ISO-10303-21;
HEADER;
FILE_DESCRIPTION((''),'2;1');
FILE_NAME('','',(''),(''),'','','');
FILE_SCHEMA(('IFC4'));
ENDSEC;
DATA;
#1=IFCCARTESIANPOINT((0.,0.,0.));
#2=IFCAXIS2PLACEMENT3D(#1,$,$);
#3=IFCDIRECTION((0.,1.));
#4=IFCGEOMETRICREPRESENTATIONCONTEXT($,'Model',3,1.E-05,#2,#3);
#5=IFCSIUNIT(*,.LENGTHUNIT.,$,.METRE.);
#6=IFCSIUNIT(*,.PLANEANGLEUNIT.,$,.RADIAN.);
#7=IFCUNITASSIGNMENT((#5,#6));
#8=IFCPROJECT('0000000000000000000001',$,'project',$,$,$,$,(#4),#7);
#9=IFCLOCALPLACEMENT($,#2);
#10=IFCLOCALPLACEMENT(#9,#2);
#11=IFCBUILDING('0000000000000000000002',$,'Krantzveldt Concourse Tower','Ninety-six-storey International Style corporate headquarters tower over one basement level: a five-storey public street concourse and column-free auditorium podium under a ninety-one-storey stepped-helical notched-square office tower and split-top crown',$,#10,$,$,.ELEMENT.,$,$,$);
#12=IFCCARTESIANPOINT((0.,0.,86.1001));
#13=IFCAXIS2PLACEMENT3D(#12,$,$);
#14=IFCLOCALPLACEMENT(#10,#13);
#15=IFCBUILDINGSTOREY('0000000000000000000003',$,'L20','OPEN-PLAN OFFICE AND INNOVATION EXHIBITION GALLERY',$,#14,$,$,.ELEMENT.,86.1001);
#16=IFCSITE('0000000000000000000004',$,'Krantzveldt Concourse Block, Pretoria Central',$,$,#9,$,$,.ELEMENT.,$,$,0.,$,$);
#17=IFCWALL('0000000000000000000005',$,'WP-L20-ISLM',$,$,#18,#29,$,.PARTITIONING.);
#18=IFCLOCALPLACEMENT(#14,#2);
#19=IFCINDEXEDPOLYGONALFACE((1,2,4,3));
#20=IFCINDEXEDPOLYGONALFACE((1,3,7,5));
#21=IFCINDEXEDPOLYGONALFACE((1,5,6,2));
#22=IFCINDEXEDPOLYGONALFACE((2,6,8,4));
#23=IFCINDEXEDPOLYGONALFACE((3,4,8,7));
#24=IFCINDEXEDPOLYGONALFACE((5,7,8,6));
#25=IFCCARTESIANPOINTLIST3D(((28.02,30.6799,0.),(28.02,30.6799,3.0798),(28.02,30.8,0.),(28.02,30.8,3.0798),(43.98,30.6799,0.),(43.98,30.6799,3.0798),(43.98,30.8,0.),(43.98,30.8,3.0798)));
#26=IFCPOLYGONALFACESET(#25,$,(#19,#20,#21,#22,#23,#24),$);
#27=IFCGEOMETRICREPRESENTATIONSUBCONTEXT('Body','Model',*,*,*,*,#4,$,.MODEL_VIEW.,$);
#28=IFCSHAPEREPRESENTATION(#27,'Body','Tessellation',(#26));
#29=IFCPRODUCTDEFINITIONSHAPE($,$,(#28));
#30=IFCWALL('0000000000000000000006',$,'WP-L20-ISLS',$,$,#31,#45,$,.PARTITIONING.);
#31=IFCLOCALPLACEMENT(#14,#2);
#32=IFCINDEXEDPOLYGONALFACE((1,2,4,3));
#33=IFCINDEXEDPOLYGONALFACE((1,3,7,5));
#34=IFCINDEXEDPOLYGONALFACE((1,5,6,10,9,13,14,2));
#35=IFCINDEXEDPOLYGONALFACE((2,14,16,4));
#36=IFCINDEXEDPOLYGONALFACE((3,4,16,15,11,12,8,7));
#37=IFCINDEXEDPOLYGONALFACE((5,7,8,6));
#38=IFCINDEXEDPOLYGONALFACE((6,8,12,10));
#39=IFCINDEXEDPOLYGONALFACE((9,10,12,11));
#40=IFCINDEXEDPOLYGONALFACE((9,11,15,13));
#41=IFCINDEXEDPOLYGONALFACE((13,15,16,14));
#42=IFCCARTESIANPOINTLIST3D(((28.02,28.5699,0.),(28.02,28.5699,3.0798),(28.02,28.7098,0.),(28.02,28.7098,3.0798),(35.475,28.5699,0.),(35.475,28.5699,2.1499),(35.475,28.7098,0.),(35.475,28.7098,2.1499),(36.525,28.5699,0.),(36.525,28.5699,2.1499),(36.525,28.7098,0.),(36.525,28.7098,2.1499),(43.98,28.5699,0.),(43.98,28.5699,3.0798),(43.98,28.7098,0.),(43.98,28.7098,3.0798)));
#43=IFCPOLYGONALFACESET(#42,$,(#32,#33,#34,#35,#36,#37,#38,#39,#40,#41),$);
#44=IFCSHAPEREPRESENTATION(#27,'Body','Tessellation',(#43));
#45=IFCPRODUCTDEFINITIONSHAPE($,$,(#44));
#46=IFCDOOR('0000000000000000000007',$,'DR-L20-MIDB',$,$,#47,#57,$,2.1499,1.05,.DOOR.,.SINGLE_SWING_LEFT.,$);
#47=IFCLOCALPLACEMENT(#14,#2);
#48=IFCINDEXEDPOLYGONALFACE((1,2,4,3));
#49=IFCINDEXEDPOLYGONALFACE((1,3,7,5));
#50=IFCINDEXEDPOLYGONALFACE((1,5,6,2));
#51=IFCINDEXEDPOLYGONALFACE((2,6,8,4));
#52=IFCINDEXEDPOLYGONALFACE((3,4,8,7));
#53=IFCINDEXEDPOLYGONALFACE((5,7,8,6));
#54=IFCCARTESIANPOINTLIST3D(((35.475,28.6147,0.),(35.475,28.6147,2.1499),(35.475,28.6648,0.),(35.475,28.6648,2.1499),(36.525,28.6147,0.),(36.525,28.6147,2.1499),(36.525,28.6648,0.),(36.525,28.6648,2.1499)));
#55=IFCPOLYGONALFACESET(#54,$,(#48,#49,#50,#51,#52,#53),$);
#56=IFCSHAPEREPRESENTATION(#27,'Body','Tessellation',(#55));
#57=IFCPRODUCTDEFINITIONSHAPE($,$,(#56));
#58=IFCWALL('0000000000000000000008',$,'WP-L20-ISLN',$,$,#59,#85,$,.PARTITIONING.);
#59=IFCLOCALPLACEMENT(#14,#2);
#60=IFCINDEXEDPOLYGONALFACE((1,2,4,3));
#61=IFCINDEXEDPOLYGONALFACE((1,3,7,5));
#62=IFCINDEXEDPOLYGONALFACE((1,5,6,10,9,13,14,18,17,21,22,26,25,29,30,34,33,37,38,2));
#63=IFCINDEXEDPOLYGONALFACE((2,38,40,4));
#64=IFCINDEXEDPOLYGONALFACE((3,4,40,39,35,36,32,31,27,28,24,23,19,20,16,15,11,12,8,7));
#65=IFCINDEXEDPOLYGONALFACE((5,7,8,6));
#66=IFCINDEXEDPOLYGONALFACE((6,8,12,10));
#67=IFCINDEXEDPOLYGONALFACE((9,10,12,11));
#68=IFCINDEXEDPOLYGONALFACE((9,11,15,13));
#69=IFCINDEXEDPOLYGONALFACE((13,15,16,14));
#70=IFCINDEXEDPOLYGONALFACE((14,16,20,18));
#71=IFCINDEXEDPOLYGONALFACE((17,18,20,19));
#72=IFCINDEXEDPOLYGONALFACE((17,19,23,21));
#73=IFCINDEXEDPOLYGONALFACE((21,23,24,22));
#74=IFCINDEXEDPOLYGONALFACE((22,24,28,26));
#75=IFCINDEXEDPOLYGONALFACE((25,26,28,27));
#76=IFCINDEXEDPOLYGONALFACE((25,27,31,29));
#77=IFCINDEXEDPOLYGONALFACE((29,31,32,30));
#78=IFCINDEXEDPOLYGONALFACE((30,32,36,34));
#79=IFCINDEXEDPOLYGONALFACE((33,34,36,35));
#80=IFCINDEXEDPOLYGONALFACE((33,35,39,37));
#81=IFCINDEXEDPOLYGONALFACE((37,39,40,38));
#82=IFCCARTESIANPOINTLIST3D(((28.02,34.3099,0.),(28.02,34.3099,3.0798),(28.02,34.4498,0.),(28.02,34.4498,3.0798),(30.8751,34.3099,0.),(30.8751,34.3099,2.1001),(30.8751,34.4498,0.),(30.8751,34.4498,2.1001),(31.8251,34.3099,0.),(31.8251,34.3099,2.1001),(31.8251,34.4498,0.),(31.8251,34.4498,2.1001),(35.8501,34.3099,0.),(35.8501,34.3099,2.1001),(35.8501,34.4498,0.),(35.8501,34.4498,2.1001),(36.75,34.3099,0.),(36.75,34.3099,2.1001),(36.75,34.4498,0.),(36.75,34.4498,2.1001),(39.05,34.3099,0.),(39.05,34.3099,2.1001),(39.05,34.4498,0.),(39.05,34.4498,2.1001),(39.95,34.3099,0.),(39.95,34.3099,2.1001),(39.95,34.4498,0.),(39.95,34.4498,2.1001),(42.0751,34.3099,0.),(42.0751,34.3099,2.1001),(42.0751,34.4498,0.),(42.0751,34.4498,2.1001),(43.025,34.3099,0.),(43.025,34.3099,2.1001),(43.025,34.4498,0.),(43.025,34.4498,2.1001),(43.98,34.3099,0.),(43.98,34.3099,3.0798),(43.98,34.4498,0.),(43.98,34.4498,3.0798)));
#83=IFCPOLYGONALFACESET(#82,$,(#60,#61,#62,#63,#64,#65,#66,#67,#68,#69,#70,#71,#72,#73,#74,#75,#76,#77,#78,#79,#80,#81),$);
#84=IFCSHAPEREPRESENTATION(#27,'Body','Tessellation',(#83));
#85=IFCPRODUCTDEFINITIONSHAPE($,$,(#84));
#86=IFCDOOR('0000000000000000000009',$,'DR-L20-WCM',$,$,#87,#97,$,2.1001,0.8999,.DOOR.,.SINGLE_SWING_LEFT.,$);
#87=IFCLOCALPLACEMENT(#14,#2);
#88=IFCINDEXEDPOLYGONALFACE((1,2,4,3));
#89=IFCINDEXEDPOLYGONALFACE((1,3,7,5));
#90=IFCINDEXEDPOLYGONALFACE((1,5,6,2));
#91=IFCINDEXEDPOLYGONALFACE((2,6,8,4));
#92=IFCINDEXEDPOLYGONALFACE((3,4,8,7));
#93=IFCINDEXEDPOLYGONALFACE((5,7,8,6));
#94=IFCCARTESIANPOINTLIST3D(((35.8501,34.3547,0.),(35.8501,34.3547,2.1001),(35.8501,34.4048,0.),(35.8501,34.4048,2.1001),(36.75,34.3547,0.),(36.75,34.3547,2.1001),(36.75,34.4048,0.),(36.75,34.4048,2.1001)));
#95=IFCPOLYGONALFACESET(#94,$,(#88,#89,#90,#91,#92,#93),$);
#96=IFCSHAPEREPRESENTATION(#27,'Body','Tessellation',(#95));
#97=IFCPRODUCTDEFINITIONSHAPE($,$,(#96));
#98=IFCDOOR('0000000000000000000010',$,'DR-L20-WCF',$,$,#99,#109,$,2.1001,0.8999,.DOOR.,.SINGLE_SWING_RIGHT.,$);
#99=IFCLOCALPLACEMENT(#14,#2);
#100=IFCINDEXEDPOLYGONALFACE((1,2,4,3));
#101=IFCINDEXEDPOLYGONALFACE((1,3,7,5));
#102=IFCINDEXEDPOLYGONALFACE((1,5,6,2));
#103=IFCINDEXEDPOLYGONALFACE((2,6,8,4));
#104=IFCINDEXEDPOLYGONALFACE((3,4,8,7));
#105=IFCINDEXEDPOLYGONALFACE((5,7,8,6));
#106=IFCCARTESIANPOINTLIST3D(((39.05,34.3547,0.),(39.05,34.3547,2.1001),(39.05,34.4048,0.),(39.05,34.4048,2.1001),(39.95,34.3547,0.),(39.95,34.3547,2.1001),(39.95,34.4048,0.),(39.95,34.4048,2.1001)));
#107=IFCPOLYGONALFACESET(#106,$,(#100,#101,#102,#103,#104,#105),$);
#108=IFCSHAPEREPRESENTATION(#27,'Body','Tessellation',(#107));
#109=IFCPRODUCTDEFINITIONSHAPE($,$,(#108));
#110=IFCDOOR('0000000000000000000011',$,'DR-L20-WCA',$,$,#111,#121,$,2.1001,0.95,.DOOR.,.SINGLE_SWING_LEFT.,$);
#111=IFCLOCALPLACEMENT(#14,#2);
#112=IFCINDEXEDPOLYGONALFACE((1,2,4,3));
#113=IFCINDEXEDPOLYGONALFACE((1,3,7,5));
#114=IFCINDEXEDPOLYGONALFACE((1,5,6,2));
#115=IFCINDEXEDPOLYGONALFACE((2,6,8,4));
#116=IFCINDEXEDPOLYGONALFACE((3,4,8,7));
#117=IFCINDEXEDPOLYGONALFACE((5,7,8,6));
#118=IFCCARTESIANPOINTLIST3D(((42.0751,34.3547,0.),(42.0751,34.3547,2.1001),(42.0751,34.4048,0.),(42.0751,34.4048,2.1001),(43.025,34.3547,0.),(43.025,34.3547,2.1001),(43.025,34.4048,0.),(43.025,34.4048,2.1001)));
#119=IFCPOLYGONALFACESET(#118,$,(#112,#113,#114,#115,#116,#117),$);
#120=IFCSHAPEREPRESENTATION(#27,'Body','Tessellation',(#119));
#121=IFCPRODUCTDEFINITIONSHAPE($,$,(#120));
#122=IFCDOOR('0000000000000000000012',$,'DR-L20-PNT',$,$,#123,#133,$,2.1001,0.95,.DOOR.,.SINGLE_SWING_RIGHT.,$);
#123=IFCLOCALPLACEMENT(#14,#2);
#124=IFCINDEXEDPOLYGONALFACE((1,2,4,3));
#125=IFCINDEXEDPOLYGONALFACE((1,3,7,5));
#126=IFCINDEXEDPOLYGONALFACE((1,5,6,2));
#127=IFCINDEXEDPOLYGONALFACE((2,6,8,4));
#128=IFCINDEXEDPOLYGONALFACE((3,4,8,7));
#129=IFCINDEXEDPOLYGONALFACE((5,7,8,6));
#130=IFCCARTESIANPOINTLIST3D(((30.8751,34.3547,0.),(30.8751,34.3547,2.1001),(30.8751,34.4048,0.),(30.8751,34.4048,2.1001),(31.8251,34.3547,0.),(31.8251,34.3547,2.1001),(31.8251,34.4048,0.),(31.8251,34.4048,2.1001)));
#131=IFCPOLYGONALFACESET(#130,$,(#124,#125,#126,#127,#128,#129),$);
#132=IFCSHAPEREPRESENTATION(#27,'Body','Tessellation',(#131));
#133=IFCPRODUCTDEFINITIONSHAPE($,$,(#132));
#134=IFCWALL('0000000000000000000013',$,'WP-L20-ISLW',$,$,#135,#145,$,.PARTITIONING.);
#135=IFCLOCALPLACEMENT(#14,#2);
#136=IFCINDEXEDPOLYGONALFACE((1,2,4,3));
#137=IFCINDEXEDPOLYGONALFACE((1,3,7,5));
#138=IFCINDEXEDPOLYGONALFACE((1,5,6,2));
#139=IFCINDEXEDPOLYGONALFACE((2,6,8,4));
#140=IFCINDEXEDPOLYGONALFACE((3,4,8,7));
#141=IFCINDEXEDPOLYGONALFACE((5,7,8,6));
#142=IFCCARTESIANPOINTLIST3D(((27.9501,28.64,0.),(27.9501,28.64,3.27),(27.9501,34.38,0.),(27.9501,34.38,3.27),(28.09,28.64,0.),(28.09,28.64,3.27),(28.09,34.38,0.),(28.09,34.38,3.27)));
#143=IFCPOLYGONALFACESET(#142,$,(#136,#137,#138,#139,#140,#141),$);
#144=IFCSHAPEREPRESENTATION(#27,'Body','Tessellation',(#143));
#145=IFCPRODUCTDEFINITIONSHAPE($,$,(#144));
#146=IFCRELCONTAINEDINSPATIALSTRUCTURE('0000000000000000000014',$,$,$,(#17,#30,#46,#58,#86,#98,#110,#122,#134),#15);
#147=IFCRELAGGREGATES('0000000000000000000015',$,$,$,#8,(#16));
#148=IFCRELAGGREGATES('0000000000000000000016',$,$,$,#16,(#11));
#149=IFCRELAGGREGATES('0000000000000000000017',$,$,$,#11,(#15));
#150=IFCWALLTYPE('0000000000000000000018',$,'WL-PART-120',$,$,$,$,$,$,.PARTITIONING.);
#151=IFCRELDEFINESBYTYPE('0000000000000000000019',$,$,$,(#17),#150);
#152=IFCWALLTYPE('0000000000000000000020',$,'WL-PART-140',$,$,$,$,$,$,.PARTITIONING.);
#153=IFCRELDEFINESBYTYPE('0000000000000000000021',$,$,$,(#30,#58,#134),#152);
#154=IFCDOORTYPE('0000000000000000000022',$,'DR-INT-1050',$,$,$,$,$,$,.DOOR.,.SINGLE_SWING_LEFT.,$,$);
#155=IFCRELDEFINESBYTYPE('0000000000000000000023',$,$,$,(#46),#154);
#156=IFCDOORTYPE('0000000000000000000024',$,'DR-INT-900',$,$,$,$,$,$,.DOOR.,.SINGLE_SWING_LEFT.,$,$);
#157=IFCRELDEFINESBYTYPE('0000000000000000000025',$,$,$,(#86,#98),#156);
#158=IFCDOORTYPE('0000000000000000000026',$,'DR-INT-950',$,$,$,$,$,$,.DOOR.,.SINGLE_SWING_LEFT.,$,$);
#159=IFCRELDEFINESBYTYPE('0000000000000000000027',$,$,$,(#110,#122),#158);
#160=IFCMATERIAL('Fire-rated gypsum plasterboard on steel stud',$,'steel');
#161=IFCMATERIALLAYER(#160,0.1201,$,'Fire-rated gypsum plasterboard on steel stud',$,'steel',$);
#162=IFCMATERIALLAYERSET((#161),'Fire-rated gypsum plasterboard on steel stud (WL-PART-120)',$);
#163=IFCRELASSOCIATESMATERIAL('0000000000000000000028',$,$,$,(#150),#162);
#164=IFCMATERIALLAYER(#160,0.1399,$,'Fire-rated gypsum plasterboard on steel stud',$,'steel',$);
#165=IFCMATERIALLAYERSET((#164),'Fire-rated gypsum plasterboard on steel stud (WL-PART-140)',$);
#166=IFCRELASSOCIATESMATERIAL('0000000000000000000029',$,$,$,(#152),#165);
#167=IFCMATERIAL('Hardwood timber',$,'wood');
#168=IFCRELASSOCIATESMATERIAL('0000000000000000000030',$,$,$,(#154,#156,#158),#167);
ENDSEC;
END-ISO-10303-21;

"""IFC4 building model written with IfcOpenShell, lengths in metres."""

from ifc_helpers import new_model, si_unit, direction, frame, frame_2d, origin, place, context, subcontext, project, spatial, rectangle, extrude, material, layer, layer_set, type_object, element, fill, save


model = new_model("IFC4")

# Units and contexts
model_context = context("Model", 3, precision=1e-05, world=origin(), true_north=direction((0.0, 1.0)))
body_context = subcontext(model_context, "Body", "Model", "MODEL_VIEW")
ifc_project = project(units=[si_unit("LENGTHUNIT", "METRE"), si_unit("PLANEANGLEUNIT", "RADIAN")], contexts=[model_context])

# Site, building, storey
site_placement = place(None, origin())
site = spatial("IfcSite", under=ifc_project, at=site_placement, Name="Krantzveldt Concourse Block, Pretoria Central", CompositionType="ELEMENT", RefElevation=0.0)
building_placement = place(site_placement, origin())
building = spatial("IfcBuilding", under=site, at=building_placement, Name="Krantzveldt Concourse Tower", Description="Ninety-six-storey International Style corporate headquarters tower over one basement level: a five-storey public street concourse and column-free auditorium podium under a ninety-one-storey stepped-helical notched-square office tower and split-top crown", CompositionType="ELEMENT")
storey_placement = place(building_placement, frame((0.0, 0.0, 86.1001)))
storey = spatial("IfcBuildingStorey", under=building, at=storey_placement, Name="L20", Description="OPEN-PLAN OFFICE AND INNOVATION EXHIBITION GALLERY", CompositionType="ELEMENT", Elevation=86.1001)

# Wall
ifc_material_1 = material(Name="Fire-rated gypsum plasterboard on steel stud", Category="steel")
ifc_layer_1 = layer(ifc_material_1, 0.1201, Name="Fire-rated gypsum plasterboard on steel stud", Category="steel")
ifc_layer_set_1 = layer_set([ifc_layer_1], Name="Fire-rated gypsum plasterboard on steel stud (WL-PART-120)")
wall_type_1 = type_object("IfcWallType", Name="WL-PART-120", PredefinedType="PARTITIONING", material=ifc_layer_set_1)
wall_1_placement = place(storey_placement, frame((28.02, 30.74, 0.0), z_axis=(0.0, 0.0, 1.0), x_axis=(1.0, 0.0, 0.0)))
element("IfcWall", 1, at=wall_1_placement, inside=storey, type_object=wall_type_1, Name="WP-L20-ISLM", PredefinedType="PARTITIONING", context=body_context, shape_type="SweptSolid", body=[
    extrude(rectangle(XDim=15.96, YDim=0.1201, at=frame_2d((7.98, 0.0))), origin(), (0.0, 0.0, 1.0), 3.0798),
])

# Wall, opening, door
ifc_layer_2 = layer(ifc_material_1, 0.1399, Name="Fire-rated gypsum plasterboard on steel stud", Category="steel")
ifc_layer_set_2 = layer_set([ifc_layer_2], Name="Fire-rated gypsum plasterboard on steel stud (WL-PART-140)")
wall_type_2 = type_object("IfcWallType", Name="WL-PART-140", PredefinedType="PARTITIONING", material=ifc_layer_set_2)
wall_2_placement = place(storey_placement, frame((28.02, 28.6399, 0.0), z_axis=(0.0, 0.0, 1.0), x_axis=(1.0, 0.0, 0.0)))
wall_2 = element("IfcWall", 2, at=wall_2_placement, inside=storey, type_object=wall_type_2, Name="WP-L20-ISLS", PredefinedType="PARTITIONING", context=body_context, shape_type="SweptSolid", body=[
    extrude(rectangle(XDim=15.96, YDim=0.1399, at=frame_2d((7.98, 0.0))), origin(), (0.0, 0.0, 1.0), 3.0798),
])
opening_1_placement = place(wall_2_placement, frame((7.4551, 0.0, 0.0)))
opening_1 = element("IfcOpeningElement", 3, at=opening_1_placement, cuts=wall_2, PredefinedType="OPENING", context=body_context, shape_type="SweptSolid", body=[
    extrude(rectangle(XDim=1.05, YDim=2.1499, at=frame_2d((0.5249, 1.075))), frame((0.0, 0.0801, 0.0), z_axis=(0.0, -1.0, 0.0), x_axis=(1.0, 0.0, 0.0)), (0.0, 0.0, 1.0), 0.1599),
])
ifc_material_2 = material(Name="Hardwood timber", Category="wood")
door_type_1 = type_object("IfcDoorType", Name="DR-INT-1050", OperationType="SINGLE_SWING_LEFT", PredefinedType="DOOR", material=ifc_material_2)
door_1_placement = place(opening_1_placement, origin())
door_1 = element("IfcDoor", 4, at=door_1_placement, inside=storey, type_object=door_type_1, Name="DR-L20-MIDB", OperationType="SINGLE_SWING_LEFT", OverallHeight=2.1499, OverallWidth=1.05, PredefinedType="DOOR", context=body_context, shape_type="SweptSolid", body=[
    extrude(rectangle(XDim=1.05, YDim=2.1499, at=frame_2d((0.5249, 1.075))), frame((0.0, 0.0249, 0.0), z_axis=(0.0, -1.0, 0.0), x_axis=(1.0, 0.0, 0.0)), (0.0, 0.0, 1.0), 0.05),
])
fill(opening_1, door_1)

# Wall, openings, doors
wall_3_placement = place(storey_placement, frame((28.02, 34.3799, 0.0), z_axis=(0.0, 0.0, 1.0), x_axis=(1.0, 0.0, 0.0)))
wall_3 = element("IfcWall", 5, at=wall_3_placement, inside=storey, type_object=wall_type_2, Name="WP-L20-ISLN", PredefinedType="PARTITIONING", context=body_context, shape_type="SweptSolid", body=[
    extrude(rectangle(XDim=15.96, YDim=0.1399, at=frame_2d((7.98, 0.0))), origin(), (0.0, 0.0, 1.0), 3.0798),
])
opening_2_placement = place(wall_3_placement, frame((7.8301, 0.0, 0.0)))
opening_2 = element("IfcOpeningElement", 6, at=opening_2_placement, cuts=wall_3, PredefinedType="OPENING", context=body_context, shape_type="SweptSolid", body=[
    extrude(rectangle(XDim=0.8999, YDim=2.1001, at=frame_2d((0.45, 1.05))), frame((0.0, 0.0801, 0.0), z_axis=(0.0, -1.0, 0.0), x_axis=(1.0, 0.0, 0.0)), (0.0, 0.0, 1.0), 0.1599),
])
opening_3_placement = place(wall_3_placement, frame((11.03, 0.0, 0.0)))
opening_3 = element("IfcOpeningElement", 7, at=opening_3_placement, cuts=wall_3, PredefinedType="OPENING", context=body_context, shape_type="SweptSolid", body=[
    extrude(rectangle(XDim=0.8999, YDim=2.1001, at=frame_2d((0.45, 1.05))), frame((0.0, 0.0801, 0.0), z_axis=(0.0, -1.0, 0.0), x_axis=(1.0, 0.0, 0.0)), (0.0, 0.0, 1.0), 0.1599),
])
opening_4_placement = place(wall_3_placement, frame((14.0549, 0.0, 0.0)))
opening_4 = element("IfcOpeningElement", 8, at=opening_4_placement, cuts=wall_3, PredefinedType="OPENING", context=body_context, shape_type="SweptSolid", body=[
    extrude(rectangle(XDim=0.95, YDim=2.1001, at=frame_2d((0.4751, 1.05))), frame((0.0, 0.0801, 0.0), z_axis=(0.0, -1.0, 0.0), x_axis=(1.0, 0.0, 0.0)), (0.0, 0.0, 1.0), 0.1599),
])
opening_5_placement = place(wall_3_placement, frame((2.855, 0.0, 0.0)))
opening_5 = element("IfcOpeningElement", 9, at=opening_5_placement, cuts=wall_3, PredefinedType="OPENING", context=body_context, shape_type="SweptSolid", body=[
    extrude(rectangle(XDim=0.95, YDim=2.1001, at=frame_2d((0.4751, 1.05))), frame((0.0, 0.0801, 0.0), z_axis=(0.0, -1.0, 0.0), x_axis=(1.0, 0.0, 0.0)), (0.0, 0.0, 1.0), 0.1599),
])
door_type_2 = type_object("IfcDoorType", Name="DR-INT-900", OperationType="SINGLE_SWING_LEFT", PredefinedType="DOOR", material=ifc_material_2)
door_2_placement = place(opening_2_placement, origin())
door_2 = element("IfcDoor", 10, at=door_2_placement, inside=storey, type_object=door_type_2, Name="DR-L20-WCM", OperationType="SINGLE_SWING_LEFT", OverallHeight=2.1001, OverallWidth=0.8999, PredefinedType="DOOR", context=body_context, shape_type="SweptSolid", body=[
    extrude(rectangle(XDim=0.8999, YDim=2.1001, at=frame_2d((0.45, 1.05))), frame((0.0, 0.0249, 0.0), z_axis=(0.0, -1.0, 0.0), x_axis=(1.0, 0.0, 0.0)), (0.0, 0.0, 1.0), 0.05),
])
fill(opening_2, door_2)
door_3_placement = place(opening_3_placement, origin())
door_3 = element("IfcDoor", 11, at=door_3_placement, inside=storey, type_object=door_type_2, Name="DR-L20-WCF", OperationType="SINGLE_SWING_RIGHT", OverallHeight=2.1001, OverallWidth=0.8999, PredefinedType="DOOR", context=body_context, shape_type="SweptSolid", body=[
    extrude(rectangle(XDim=0.8999, YDim=2.1001, at=frame_2d((0.45, 1.05))), frame((0.0, 0.0249, 0.0), z_axis=(0.0, -1.0, 0.0), x_axis=(1.0, 0.0, 0.0)), (0.0, 0.0, 1.0), 0.05),
])
fill(opening_3, door_3)
door_type_3 = type_object("IfcDoorType", Name="DR-INT-950", OperationType="SINGLE_SWING_LEFT", PredefinedType="DOOR", material=ifc_material_2)
door_4_placement = place(opening_4_placement, origin())
door_4 = element("IfcDoor", 12, at=door_4_placement, inside=storey, type_object=door_type_3, Name="DR-L20-WCA", OperationType="SINGLE_SWING_LEFT", OverallHeight=2.1001, OverallWidth=0.95, PredefinedType="DOOR", context=body_context, shape_type="SweptSolid", body=[
    extrude(rectangle(XDim=0.95, YDim=2.1001, at=frame_2d((0.4751, 1.05))), frame((0.0, 0.0249, 0.0), z_axis=(0.0, -1.0, 0.0), x_axis=(1.0, 0.0, 0.0)), (0.0, 0.0, 1.0), 0.05),
])
fill(opening_4, door_4)
door_5_placement = place(opening_5_placement, origin())
door_5 = element("IfcDoor", 13, at=door_5_placement, inside=storey, type_object=door_type_3, Name="DR-L20-PNT", OperationType="SINGLE_SWING_RIGHT", OverallHeight=2.1001, OverallWidth=0.95, PredefinedType="DOOR", context=body_context, shape_type="SweptSolid", body=[
    extrude(rectangle(XDim=0.95, YDim=2.1001, at=frame_2d((0.4751, 1.05))), frame((0.0, 0.0249, 0.0), z_axis=(0.0, -1.0, 0.0), x_axis=(1.0, 0.0, 0.0)), (0.0, 0.0, 1.0), 0.05),
])
fill(opening_5, door_5)

# Wall
wall_4_placement = place(storey_placement, frame((28.02, 28.6399, 0.0), z_axis=(0.0, 0.0, 1.0), x_axis=(0.0, 1.0, 0.0)))
element("IfcWall", 14, at=wall_4_placement, inside=storey, type_object=wall_type_2, Name="WP-L20-ISLW", PredefinedType="PARTITIONING", context=body_context, shape_type="SweptSolid", body=[
    extrude(rectangle(XDim=5.74, YDim=0.1399, at=frame_2d((2.8701, 0.0))), origin(), (0.0, 0.0, 1.0), 3.27),
])

save(model, "model.ifc")
